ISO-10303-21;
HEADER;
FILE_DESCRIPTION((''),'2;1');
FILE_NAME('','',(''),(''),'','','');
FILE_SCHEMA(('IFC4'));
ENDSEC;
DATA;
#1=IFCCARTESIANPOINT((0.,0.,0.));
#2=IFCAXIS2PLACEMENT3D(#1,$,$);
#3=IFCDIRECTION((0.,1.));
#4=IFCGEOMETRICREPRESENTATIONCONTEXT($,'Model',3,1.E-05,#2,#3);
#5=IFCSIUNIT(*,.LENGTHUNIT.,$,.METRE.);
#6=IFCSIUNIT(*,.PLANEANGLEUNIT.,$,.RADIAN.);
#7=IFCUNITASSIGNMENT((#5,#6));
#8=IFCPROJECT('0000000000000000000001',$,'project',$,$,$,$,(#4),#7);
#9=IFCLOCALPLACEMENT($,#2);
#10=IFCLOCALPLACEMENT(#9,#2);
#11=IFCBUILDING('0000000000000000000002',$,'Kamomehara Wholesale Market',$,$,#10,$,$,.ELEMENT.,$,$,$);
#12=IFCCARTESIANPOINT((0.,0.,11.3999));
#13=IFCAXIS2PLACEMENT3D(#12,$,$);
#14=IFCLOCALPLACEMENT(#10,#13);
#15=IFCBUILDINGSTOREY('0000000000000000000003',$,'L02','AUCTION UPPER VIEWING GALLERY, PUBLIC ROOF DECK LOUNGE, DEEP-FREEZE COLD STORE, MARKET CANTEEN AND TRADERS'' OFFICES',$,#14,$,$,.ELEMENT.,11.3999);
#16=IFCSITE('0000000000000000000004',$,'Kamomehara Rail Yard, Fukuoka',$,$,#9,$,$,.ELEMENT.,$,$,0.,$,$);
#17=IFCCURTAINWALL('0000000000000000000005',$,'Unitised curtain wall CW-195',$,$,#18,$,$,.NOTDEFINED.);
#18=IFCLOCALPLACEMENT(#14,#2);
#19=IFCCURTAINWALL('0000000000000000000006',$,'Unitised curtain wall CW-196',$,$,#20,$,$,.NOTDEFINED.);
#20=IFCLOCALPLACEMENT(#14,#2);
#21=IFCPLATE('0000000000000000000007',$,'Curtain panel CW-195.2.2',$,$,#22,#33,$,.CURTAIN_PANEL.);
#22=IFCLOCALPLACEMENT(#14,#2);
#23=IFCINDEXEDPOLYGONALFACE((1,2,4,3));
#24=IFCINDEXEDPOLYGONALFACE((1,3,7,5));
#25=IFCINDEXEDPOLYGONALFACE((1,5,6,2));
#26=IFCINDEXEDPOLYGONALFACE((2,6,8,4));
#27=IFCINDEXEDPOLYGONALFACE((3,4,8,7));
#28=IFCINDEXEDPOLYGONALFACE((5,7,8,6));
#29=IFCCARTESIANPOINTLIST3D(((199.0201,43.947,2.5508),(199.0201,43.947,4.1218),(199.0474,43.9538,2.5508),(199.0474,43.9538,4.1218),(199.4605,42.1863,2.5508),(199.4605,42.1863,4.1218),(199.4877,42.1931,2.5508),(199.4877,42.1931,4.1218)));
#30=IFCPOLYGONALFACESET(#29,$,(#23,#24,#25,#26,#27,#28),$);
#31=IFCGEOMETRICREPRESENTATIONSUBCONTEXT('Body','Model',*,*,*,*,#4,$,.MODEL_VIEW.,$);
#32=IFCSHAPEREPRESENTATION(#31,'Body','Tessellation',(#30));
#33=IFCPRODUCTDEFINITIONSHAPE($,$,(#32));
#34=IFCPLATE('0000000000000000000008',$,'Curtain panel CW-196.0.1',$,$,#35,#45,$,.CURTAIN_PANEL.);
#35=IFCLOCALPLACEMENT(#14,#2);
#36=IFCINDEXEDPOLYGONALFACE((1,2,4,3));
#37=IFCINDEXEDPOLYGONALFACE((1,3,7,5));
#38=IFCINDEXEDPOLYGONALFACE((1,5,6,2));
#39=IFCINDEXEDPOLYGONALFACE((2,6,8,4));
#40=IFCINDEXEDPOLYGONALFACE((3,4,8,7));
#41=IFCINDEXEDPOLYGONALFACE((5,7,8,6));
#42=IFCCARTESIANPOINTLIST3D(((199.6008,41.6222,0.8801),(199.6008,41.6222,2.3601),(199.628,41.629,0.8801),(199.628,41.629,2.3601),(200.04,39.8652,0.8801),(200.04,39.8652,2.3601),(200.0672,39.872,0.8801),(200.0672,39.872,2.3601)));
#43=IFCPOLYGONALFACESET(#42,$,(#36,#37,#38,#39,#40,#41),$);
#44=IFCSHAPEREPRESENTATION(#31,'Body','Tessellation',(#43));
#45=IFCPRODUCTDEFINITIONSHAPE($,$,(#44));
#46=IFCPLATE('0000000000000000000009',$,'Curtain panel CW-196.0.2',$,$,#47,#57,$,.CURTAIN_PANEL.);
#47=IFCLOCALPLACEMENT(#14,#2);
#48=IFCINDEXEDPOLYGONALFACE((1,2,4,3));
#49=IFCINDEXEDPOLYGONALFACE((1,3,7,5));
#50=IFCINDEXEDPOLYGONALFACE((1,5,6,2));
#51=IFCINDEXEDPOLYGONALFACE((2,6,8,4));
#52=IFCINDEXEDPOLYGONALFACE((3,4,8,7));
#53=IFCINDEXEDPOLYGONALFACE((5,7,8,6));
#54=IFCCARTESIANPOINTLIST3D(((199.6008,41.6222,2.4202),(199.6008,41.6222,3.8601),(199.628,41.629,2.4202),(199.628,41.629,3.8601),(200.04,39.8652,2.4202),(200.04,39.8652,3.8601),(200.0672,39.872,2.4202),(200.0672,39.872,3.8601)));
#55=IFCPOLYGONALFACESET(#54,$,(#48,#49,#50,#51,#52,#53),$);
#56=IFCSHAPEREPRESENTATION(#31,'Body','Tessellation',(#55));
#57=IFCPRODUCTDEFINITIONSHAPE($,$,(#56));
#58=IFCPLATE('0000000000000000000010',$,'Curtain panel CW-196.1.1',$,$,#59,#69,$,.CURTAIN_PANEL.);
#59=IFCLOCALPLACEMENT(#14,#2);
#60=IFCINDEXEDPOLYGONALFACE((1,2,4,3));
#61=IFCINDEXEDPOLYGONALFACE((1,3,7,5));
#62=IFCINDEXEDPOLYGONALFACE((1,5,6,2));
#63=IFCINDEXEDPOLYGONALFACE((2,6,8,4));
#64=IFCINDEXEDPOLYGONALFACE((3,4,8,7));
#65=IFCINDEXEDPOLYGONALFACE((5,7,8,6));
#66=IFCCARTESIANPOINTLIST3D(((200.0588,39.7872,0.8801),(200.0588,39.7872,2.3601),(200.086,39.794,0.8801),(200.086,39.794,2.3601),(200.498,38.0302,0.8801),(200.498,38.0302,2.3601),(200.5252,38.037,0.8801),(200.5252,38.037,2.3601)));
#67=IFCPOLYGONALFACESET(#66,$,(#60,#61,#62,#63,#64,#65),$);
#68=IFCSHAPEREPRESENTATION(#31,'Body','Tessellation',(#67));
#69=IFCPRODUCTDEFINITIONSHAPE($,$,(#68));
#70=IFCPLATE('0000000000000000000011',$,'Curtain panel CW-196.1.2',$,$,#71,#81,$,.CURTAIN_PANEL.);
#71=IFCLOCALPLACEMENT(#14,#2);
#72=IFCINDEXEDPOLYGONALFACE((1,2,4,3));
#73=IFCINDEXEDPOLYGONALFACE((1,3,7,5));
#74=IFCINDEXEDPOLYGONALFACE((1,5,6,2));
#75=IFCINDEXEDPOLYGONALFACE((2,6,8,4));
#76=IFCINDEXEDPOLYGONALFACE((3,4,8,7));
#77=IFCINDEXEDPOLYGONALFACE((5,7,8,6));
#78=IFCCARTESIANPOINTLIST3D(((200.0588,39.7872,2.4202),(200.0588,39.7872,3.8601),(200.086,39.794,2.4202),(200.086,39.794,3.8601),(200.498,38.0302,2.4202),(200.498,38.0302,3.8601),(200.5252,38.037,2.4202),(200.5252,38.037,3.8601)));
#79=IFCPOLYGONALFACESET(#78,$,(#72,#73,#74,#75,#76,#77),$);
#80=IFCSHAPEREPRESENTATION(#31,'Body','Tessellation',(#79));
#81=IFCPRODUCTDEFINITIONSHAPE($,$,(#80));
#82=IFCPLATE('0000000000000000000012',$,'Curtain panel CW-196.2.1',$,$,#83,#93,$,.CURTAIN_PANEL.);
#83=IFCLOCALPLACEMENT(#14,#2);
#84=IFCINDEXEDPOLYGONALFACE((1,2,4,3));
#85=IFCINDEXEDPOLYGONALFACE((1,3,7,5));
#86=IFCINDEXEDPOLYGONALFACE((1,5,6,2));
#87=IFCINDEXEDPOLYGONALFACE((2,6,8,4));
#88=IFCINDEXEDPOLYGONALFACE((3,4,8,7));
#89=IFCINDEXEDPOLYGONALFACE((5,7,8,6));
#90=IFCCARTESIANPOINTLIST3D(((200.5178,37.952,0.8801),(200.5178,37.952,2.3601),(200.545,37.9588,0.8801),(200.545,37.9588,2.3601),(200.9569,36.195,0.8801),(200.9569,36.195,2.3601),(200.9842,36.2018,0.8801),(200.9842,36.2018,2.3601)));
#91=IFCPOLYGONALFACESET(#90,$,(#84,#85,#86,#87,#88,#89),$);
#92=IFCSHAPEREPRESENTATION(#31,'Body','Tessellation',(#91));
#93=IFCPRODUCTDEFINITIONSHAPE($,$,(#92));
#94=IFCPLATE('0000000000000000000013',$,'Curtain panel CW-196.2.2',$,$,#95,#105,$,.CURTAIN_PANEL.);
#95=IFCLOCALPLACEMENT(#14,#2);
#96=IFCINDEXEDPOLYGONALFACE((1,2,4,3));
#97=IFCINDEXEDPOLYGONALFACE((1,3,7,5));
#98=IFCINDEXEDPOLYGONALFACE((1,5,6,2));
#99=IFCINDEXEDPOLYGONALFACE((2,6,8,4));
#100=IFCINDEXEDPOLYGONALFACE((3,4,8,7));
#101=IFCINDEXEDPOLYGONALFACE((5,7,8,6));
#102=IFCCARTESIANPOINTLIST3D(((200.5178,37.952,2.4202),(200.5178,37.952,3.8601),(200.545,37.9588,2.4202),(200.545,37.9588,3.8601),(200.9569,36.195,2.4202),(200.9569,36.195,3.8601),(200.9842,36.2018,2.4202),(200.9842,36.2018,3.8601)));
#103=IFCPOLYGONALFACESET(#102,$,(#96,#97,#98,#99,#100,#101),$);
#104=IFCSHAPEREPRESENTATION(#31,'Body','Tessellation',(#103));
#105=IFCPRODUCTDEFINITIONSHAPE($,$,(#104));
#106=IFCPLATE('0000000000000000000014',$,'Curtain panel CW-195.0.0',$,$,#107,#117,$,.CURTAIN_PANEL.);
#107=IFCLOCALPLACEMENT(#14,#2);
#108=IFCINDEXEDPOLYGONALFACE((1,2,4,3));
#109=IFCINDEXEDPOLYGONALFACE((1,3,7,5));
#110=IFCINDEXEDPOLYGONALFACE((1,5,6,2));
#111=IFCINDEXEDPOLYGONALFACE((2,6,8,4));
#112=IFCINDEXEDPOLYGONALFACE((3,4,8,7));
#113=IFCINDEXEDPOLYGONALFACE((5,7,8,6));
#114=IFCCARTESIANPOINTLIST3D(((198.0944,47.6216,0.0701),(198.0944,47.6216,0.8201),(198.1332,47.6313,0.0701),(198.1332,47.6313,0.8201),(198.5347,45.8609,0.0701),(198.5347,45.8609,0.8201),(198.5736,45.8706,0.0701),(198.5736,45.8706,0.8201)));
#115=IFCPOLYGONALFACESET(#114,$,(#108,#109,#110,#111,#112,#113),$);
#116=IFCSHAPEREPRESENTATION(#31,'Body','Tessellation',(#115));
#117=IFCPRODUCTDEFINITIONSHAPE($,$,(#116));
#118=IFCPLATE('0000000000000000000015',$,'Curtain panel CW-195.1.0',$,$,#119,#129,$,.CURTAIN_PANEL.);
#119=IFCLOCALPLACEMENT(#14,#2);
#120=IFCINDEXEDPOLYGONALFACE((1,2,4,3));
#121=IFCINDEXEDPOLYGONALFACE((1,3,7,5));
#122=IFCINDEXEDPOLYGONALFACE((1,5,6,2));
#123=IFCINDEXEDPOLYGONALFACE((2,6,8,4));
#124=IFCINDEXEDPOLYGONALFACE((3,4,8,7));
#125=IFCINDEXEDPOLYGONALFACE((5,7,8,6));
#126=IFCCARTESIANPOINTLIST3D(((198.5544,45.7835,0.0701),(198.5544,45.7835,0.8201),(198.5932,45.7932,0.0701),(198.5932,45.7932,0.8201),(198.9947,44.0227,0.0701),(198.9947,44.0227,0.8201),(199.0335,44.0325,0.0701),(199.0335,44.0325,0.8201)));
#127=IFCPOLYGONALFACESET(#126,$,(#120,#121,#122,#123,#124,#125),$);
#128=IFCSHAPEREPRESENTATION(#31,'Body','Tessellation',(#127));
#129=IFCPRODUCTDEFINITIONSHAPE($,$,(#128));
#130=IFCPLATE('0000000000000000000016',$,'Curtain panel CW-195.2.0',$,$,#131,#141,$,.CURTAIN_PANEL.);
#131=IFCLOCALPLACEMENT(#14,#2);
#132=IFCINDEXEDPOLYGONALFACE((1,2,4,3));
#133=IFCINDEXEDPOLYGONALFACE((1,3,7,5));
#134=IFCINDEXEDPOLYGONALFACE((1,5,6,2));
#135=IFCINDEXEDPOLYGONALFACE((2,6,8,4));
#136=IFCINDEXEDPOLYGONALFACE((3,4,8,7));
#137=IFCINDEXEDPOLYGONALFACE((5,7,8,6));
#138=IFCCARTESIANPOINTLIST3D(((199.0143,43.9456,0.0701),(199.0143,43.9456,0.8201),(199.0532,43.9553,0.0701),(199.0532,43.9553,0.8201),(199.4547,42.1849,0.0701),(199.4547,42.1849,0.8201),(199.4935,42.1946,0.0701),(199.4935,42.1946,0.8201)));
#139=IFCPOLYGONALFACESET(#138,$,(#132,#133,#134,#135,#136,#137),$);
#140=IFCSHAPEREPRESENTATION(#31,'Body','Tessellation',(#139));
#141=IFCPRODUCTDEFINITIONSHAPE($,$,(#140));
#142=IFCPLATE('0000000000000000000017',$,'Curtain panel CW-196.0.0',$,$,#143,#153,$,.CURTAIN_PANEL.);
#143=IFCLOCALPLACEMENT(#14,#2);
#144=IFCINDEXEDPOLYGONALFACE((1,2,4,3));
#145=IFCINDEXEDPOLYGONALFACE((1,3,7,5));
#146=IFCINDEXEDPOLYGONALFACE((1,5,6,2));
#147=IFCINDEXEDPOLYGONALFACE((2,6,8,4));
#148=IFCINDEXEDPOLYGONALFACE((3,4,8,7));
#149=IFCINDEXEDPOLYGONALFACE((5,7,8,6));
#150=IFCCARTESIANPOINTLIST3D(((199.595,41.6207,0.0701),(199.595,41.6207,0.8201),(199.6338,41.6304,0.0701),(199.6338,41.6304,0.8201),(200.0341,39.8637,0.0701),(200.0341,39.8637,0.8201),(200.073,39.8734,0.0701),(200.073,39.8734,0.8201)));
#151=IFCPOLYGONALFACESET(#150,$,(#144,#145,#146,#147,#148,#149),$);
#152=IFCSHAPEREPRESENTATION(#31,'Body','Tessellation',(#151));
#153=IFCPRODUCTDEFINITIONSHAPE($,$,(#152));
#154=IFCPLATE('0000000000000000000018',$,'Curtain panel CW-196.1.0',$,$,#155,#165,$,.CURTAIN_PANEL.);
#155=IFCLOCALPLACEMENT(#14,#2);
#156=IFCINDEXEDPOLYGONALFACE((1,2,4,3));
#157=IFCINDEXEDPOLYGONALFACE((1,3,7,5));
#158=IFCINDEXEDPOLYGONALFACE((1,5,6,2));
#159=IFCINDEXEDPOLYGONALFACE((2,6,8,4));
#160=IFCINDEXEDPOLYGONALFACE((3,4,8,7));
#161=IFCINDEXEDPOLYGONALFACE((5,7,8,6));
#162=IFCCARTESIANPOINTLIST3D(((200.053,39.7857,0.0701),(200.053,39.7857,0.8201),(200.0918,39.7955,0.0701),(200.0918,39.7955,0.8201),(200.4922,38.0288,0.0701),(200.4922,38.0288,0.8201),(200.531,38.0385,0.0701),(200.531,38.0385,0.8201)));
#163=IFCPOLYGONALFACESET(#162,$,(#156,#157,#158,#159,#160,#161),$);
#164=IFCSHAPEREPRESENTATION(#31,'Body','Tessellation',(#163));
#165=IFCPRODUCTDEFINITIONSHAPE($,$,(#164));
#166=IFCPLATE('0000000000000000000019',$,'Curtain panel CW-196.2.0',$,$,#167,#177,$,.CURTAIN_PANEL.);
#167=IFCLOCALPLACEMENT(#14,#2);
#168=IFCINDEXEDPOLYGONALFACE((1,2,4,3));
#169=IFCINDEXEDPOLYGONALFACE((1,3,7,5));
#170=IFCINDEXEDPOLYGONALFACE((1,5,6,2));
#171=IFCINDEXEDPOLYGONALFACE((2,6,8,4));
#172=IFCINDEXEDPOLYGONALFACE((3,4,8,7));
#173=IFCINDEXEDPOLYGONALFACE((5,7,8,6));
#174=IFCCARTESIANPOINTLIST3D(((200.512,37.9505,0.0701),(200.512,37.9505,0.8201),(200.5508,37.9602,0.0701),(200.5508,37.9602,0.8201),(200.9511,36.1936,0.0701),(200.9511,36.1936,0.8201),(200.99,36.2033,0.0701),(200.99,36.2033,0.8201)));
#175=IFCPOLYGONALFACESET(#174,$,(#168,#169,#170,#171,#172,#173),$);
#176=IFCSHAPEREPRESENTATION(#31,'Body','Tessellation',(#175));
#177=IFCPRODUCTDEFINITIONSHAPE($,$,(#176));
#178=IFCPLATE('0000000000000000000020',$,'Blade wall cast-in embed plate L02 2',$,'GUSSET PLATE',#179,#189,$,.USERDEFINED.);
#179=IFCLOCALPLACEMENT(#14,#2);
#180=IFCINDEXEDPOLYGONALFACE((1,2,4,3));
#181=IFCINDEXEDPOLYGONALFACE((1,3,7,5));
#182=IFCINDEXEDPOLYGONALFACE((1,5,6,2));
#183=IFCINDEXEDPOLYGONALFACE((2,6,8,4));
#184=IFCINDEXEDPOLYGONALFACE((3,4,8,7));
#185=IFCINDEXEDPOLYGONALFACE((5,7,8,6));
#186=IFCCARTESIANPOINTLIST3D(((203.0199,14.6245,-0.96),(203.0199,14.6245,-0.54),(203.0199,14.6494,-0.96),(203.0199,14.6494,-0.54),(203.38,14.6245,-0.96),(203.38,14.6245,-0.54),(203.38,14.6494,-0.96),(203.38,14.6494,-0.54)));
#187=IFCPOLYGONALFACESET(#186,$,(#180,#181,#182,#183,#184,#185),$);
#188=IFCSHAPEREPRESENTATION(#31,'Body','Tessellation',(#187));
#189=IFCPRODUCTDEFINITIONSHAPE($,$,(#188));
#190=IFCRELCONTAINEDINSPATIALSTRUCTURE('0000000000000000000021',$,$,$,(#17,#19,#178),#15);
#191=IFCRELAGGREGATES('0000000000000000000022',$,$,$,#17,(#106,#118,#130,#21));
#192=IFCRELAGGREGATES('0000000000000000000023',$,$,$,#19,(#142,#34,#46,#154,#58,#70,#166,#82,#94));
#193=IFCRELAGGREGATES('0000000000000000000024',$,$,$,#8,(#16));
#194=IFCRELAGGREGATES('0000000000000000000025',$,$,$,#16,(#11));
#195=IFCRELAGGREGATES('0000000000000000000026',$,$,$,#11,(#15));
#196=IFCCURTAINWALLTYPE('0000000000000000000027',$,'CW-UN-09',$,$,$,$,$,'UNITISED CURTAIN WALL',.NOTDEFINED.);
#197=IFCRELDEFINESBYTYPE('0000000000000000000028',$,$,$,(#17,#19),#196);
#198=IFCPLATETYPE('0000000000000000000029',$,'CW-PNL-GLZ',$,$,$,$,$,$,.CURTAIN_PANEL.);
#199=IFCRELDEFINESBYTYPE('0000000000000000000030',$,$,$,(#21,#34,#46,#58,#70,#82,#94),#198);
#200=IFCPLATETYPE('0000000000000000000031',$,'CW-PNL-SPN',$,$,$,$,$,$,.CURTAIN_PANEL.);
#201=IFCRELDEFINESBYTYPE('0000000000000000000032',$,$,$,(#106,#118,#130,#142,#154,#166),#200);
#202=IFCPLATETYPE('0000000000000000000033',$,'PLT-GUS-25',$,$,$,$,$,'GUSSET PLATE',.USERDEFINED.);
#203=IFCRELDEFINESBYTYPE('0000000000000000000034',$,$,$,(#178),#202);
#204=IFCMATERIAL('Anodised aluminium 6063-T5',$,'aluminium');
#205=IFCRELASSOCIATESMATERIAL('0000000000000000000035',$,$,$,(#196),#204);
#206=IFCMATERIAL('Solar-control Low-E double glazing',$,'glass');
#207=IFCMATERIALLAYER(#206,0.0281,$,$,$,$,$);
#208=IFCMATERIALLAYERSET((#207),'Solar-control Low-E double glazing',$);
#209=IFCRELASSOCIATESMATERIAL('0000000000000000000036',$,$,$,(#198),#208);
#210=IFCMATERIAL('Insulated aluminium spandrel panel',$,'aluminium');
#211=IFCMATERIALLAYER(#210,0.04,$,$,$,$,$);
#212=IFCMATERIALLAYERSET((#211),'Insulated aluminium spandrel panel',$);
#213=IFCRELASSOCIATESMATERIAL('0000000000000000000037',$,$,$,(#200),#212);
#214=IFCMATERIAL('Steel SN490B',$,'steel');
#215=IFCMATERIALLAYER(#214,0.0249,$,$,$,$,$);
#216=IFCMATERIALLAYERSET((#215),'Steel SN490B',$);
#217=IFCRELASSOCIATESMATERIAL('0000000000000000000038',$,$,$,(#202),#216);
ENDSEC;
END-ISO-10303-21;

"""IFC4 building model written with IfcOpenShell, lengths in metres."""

from ifc_helpers import new_model, si_unit, direction, frame, origin, origin_2d, place, context, subcontext, project, spatial, rectangle, extrude, material, layer, layer_set, type_object, element, aggregate, save


model = new_model("IFC4")

# Units and contexts
model_context = context("Model", 3, precision=1e-05, world=origin(), true_north=direction((0.0, 1.0)))
body_context = subcontext(model_context, "Body", "Model", "MODEL_VIEW")
ifc_project = project(units=[si_unit("LENGTHUNIT", "METRE"), si_unit("PLANEANGLEUNIT", "RADIAN")], contexts=[model_context])

# Site, building, storey
site_placement = place(None, origin())
site = spatial("IfcSite", under=ifc_project, at=site_placement, Name="Kamomehara Rail Yard, Fukuoka", CompositionType="ELEMENT", RefElevation=0.0)
building_placement = place(site_placement, origin())
building = spatial("IfcBuilding", under=site, at=building_placement, Name="Kamomehara Wholesale Market", CompositionType="ELEMENT")
storey_placement = place(building_placement, frame((0.0, 0.0, 11.3999)))
storey = spatial("IfcBuildingStorey", under=building, at=storey_placement, Name="L02", Description="AUCTION UPPER VIEWING GALLERY, PUBLIC ROOF DECK LOUNGE, DEEP-FREEZE COLD STORE, MARKET CANTEEN AND TRADERS' OFFICES", CompositionType="ELEMENT", Elevation=11.3999)

# Curtain walls
ifc_material_1 = material(Name="Anodised aluminium 6063-T5", Category="aluminium")
curtain_wall_type = type_object("IfcCurtainWallType", Name="CW-UN-09", ElementType="UNITISED CURTAIN WALL", PredefinedType="NOTDEFINED", material=ifc_material_1)
curtain_wall_1_placement = place(storey_placement, origin())
curtain_wall_1 = element("IfcCurtainWall", 1, at=curtain_wall_1_placement, inside=storey, type_object=curtain_wall_type, Name="Unitised curtain wall CW-195", PredefinedType="NOTDEFINED")
curtain_wall_2_placement = place(storey_placement, origin())
curtain_wall_2 = element("IfcCurtainWall", 2, at=curtain_wall_2_placement, inside=storey, type_object=curtain_wall_type, Name="Unitised curtain wall CW-196", PredefinedType="NOTDEFINED")

# Plates
ifc_material_2 = material(Name="Solar-control Low-E double glazing", Category="glass")
ifc_layer_1 = layer(ifc_material_2, 0.0281)
ifc_layer_set_1 = layer_set([ifc_layer_1], Name="Solar-control Low-E double glazing")
plate_type_1 = type_object("IfcPlateType", Name="CW-PNL-GLZ", PredefinedType="CURTAIN_PANEL", material=ifc_layer_set_1)
plate_1_placement = place(storey_placement, frame((199.2539, 43.0701, 2.5508), z_axis=(0.0, 0.0, 1.0), x_axis=(0.242616, -0.970122, 0.0)))
plate_1 = element("IfcPlate", 3, at=plate_1_placement, type_object=plate_type_1, Name="Curtain panel CW-195.2.2", PredefinedType="CURTAIN_PANEL", context=body_context, shape_type="SweptSolid", body=[
    extrude(rectangle(XDim=1.8149, YDim=0.0281, at=origin_2d()), origin(), (0.0, 0.0, 1.0), 1.571),
])
plate_2_placement = place(storey_placement, frame((199.834, 40.7471, 0.8801), z_axis=(0.0, 0.0, 1.0), x_axis=(0.242498, -0.970152, 0.0)))
plate_2 = element("IfcPlate", 4, at=plate_2_placement, type_object=plate_type_1, Name="Curtain panel CW-196.0.1", PredefinedType="CURTAIN_PANEL", context=body_context, shape_type="SweptSolid", body=[
    extrude(rectangle(XDim=1.811, YDim=0.0281, at=origin_2d()), origin(), (0.0, 0.0, 1.0), 1.48),
])
plate_3_placement = place(storey_placement, frame((199.834, 40.7471, 2.4202), z_axis=(0.0, 0.0, 1.0), x_axis=(0.242498, -0.970152, 0.0)))
plate_3 = element("IfcPlate", 5, at=plate_3_placement, type_object=plate_type_1, Name="Curtain panel CW-196.0.2", PredefinedType="CURTAIN_PANEL", context=body_context, shape_type="SweptSolid", body=[
    extrude(rectangle(XDim=1.811, YDim=0.0281, at=origin_2d()), origin(), (0.0, 0.0, 1.0), 1.4399),
])
plate_4_placement = place(storey_placement, frame((200.292, 38.9121, 0.8801), z_axis=(0.0, 0.0, 1.0), x_axis=(0.242498, -0.970152, 0.0)))
plate_4 = element("IfcPlate", 6, at=plate_4_placement, type_object=plate_type_1, Name="Curtain panel CW-196.1.1", PredefinedType="CURTAIN_PANEL", context=body_context, shape_type="SweptSolid", body=[
    extrude(rectangle(XDim=1.811, YDim=0.0281, at=origin_2d()), origin(), (0.0, 0.0, 1.0), 1.48),
])
plate_5_placement = place(storey_placement, frame((200.292, 38.9121, 2.4202), z_axis=(0.0, 0.0, 1.0), x_axis=(0.242498, -0.970152, 0.0)))
plate_5 = element("IfcPlate", 7, at=plate_5_placement, type_object=plate_type_1, Name="Curtain panel CW-196.1.2", PredefinedType="CURTAIN_PANEL", context=body_context, shape_type="SweptSolid", body=[
    extrude(rectangle(XDim=1.811, YDim=0.0281, at=origin_2d()), origin(), (0.0, 0.0, 1.0), 1.4399),
])
plate_6_placement = place(storey_placement, frame((200.751, 37.0769, 0.8801), z_axis=(0.0, 0.0, 1.0), x_axis=(0.242498, -0.970152, 0.0)))
plate_6 = element("IfcPlate", 8, at=plate_6_placement, type_object=plate_type_1, Name="Curtain panel CW-196.2.1", PredefinedType="CURTAIN_PANEL", context=body_context, shape_type="SweptSolid", body=[
    extrude(rectangle(XDim=1.811, YDim=0.0281, at=origin_2d()), origin(), (0.0, 0.0, 1.0), 1.48),
])
plate_7_placement = place(storey_placement, frame((200.751, 37.0769, 2.4202), z_axis=(0.0, 0.0, 1.0), x_axis=(0.242498, -0.970152, 0.0)))
plate_7 = element("IfcPlate", 9, at=plate_7_placement, type_object=plate_type_1, Name="Curtain panel CW-196.2.2", PredefinedType="CURTAIN_PANEL", context=body_context, shape_type="SweptSolid", body=[
    extrude(rectangle(XDim=1.811, YDim=0.0281, at=origin_2d()), origin(), (0.0, 0.0, 1.0), 1.4399),
])
ifc_material_3 = material(Name="Insulated aluminium spandrel panel", Category="aluminium")
ifc_layer_2 = layer(ifc_material_3, 0.04)
ifc_layer_set_2 = layer_set([ifc_layer_2], Name="Insulated aluminium spandrel panel")
plate_type_2 = type_object("IfcPlateType", Name="CW-PNL-SPN", PredefinedType="CURTAIN_PANEL", material=ifc_layer_set_2)
plate_8_placement = place(storey_placement, frame((198.334, 46.7461, 0.0701), z_axis=(0.0, 0.0, 1.0), x_axis=(0.242616, -0.970122, 0.0)))
plate_8 = element("IfcPlate", 10, at=plate_8_placement, type_object=plate_type_2, Name="Curtain panel CW-195.0.0", PredefinedType="CURTAIN_PANEL", context=body_context, shape_type="SweptSolid", body=[
    extrude(rectangle(XDim=1.8149, YDim=0.04, at=origin_2d()), origin(), (0.0, 0.0, 1.0), 0.75),
])
plate_9_placement = place(storey_placement, frame((198.7939, 44.908, 0.0701), z_axis=(0.0, 0.0, 1.0), x_axis=(0.242616, -0.970122, 0.0)))
plate_9 = element("IfcPlate", 11, at=plate_9_placement, type_object=plate_type_2, Name="Curtain panel CW-195.1.0", PredefinedType="CURTAIN_PANEL", context=body_context, shape_type="SweptSolid", body=[
    extrude(rectangle(XDim=1.8149, YDim=0.04, at=origin_2d()), origin(), (0.0, 0.0, 1.0), 0.75),
])
plate_10_placement = place(storey_placement, frame((199.2539, 43.0701, 0.0701), z_axis=(0.0, 0.0, 1.0), x_axis=(0.242616, -0.970122, 0.0)))
plate_10 = element("IfcPlate", 12, at=plate_10_placement, type_object=plate_type_2, Name="Curtain panel CW-195.2.0", PredefinedType="CURTAIN_PANEL", context=body_context, shape_type="SweptSolid", body=[
    extrude(rectangle(XDim=1.8149, YDim=0.04, at=origin_2d()), origin(), (0.0, 0.0, 1.0), 0.75),
])
aggregate(curtain_wall_1, [plate_8, plate_9, plate_10, plate_1])
plate_11_placement = place(storey_placement, frame((199.834, 40.7471, 0.0701), z_axis=(0.0, 0.0, 1.0), x_axis=(0.242498, -0.970152, 0.0)))
plate_11 = element("IfcPlate", 13, at=plate_11_placement, type_object=plate_type_2, Name="Curtain panel CW-196.0.0", PredefinedType="CURTAIN_PANEL", context=body_context, shape_type="SweptSolid", body=[
    extrude(rectangle(XDim=1.811, YDim=0.04, at=origin_2d()), origin(), (0.0, 0.0, 1.0), 0.75),
])
plate_12_placement = place(storey_placement, frame((200.292, 38.9121, 0.0701), z_axis=(0.0, 0.0, 1.0), x_axis=(0.242498, -0.970152, 0.0)))
plate_12 = element("IfcPlate", 14, at=plate_12_placement, type_object=plate_type_2, Name="Curtain panel CW-196.1.0", PredefinedType="CURTAIN_PANEL", context=body_context, shape_type="SweptSolid", body=[
    extrude(rectangle(XDim=1.811, YDim=0.04, at=origin_2d()), origin(), (0.0, 0.0, 1.0), 0.75),
])
plate_13_placement = place(storey_placement, frame((200.751, 37.0769, 0.0701), z_axis=(0.0, 0.0, 1.0), x_axis=(0.242498, -0.970152, 0.0)))
plate_13 = element("IfcPlate", 15, at=plate_13_placement, type_object=plate_type_2, Name="Curtain panel CW-196.2.0", PredefinedType="CURTAIN_PANEL", context=body_context, shape_type="SweptSolid", body=[
    extrude(rectangle(XDim=1.811, YDim=0.04, at=origin_2d()), origin(), (0.0, 0.0, 1.0), 0.75),
])
aggregate(curtain_wall_2, [plate_11, plate_2, plate_3, plate_12, plate_4, plate_5, plate_13, plate_6, plate_7])
ifc_material_4 = material(Name="Steel SN490B", Category="steel")
ifc_layer_3 = layer(ifc_material_4, 0.0249)
ifc_layer_set_3 = layer_set([ifc_layer_3], Name="Steel SN490B")
plate_type_3 = type_object("IfcPlateType", Name="PLT-GUS-25", ElementType="GUSSET PLATE", PredefinedType="USERDEFINED", material=ifc_layer_set_3)
plate_14_placement = place(storey_placement, frame((203.2, 14.637, -0.96), z_axis=(0.0, 0.0, 1.0), x_axis=(1.0, 0.0, 0.0)))
element("IfcPlate", 16, at=plate_14_placement, inside=storey, type_object=plate_type_3, Name="Blade wall cast-in embed plate L02 2", ObjectType="GUSSET PLATE", PredefinedType="USERDEFINED", context=body_context, shape_type="SweptSolid", body=[
    extrude(rectangle(XDim=0.3601, YDim=0.0249, at=origin_2d()), origin(), (0.0, 0.0, 1.0), 0.4199),
])

save(model, "model.ifc")
